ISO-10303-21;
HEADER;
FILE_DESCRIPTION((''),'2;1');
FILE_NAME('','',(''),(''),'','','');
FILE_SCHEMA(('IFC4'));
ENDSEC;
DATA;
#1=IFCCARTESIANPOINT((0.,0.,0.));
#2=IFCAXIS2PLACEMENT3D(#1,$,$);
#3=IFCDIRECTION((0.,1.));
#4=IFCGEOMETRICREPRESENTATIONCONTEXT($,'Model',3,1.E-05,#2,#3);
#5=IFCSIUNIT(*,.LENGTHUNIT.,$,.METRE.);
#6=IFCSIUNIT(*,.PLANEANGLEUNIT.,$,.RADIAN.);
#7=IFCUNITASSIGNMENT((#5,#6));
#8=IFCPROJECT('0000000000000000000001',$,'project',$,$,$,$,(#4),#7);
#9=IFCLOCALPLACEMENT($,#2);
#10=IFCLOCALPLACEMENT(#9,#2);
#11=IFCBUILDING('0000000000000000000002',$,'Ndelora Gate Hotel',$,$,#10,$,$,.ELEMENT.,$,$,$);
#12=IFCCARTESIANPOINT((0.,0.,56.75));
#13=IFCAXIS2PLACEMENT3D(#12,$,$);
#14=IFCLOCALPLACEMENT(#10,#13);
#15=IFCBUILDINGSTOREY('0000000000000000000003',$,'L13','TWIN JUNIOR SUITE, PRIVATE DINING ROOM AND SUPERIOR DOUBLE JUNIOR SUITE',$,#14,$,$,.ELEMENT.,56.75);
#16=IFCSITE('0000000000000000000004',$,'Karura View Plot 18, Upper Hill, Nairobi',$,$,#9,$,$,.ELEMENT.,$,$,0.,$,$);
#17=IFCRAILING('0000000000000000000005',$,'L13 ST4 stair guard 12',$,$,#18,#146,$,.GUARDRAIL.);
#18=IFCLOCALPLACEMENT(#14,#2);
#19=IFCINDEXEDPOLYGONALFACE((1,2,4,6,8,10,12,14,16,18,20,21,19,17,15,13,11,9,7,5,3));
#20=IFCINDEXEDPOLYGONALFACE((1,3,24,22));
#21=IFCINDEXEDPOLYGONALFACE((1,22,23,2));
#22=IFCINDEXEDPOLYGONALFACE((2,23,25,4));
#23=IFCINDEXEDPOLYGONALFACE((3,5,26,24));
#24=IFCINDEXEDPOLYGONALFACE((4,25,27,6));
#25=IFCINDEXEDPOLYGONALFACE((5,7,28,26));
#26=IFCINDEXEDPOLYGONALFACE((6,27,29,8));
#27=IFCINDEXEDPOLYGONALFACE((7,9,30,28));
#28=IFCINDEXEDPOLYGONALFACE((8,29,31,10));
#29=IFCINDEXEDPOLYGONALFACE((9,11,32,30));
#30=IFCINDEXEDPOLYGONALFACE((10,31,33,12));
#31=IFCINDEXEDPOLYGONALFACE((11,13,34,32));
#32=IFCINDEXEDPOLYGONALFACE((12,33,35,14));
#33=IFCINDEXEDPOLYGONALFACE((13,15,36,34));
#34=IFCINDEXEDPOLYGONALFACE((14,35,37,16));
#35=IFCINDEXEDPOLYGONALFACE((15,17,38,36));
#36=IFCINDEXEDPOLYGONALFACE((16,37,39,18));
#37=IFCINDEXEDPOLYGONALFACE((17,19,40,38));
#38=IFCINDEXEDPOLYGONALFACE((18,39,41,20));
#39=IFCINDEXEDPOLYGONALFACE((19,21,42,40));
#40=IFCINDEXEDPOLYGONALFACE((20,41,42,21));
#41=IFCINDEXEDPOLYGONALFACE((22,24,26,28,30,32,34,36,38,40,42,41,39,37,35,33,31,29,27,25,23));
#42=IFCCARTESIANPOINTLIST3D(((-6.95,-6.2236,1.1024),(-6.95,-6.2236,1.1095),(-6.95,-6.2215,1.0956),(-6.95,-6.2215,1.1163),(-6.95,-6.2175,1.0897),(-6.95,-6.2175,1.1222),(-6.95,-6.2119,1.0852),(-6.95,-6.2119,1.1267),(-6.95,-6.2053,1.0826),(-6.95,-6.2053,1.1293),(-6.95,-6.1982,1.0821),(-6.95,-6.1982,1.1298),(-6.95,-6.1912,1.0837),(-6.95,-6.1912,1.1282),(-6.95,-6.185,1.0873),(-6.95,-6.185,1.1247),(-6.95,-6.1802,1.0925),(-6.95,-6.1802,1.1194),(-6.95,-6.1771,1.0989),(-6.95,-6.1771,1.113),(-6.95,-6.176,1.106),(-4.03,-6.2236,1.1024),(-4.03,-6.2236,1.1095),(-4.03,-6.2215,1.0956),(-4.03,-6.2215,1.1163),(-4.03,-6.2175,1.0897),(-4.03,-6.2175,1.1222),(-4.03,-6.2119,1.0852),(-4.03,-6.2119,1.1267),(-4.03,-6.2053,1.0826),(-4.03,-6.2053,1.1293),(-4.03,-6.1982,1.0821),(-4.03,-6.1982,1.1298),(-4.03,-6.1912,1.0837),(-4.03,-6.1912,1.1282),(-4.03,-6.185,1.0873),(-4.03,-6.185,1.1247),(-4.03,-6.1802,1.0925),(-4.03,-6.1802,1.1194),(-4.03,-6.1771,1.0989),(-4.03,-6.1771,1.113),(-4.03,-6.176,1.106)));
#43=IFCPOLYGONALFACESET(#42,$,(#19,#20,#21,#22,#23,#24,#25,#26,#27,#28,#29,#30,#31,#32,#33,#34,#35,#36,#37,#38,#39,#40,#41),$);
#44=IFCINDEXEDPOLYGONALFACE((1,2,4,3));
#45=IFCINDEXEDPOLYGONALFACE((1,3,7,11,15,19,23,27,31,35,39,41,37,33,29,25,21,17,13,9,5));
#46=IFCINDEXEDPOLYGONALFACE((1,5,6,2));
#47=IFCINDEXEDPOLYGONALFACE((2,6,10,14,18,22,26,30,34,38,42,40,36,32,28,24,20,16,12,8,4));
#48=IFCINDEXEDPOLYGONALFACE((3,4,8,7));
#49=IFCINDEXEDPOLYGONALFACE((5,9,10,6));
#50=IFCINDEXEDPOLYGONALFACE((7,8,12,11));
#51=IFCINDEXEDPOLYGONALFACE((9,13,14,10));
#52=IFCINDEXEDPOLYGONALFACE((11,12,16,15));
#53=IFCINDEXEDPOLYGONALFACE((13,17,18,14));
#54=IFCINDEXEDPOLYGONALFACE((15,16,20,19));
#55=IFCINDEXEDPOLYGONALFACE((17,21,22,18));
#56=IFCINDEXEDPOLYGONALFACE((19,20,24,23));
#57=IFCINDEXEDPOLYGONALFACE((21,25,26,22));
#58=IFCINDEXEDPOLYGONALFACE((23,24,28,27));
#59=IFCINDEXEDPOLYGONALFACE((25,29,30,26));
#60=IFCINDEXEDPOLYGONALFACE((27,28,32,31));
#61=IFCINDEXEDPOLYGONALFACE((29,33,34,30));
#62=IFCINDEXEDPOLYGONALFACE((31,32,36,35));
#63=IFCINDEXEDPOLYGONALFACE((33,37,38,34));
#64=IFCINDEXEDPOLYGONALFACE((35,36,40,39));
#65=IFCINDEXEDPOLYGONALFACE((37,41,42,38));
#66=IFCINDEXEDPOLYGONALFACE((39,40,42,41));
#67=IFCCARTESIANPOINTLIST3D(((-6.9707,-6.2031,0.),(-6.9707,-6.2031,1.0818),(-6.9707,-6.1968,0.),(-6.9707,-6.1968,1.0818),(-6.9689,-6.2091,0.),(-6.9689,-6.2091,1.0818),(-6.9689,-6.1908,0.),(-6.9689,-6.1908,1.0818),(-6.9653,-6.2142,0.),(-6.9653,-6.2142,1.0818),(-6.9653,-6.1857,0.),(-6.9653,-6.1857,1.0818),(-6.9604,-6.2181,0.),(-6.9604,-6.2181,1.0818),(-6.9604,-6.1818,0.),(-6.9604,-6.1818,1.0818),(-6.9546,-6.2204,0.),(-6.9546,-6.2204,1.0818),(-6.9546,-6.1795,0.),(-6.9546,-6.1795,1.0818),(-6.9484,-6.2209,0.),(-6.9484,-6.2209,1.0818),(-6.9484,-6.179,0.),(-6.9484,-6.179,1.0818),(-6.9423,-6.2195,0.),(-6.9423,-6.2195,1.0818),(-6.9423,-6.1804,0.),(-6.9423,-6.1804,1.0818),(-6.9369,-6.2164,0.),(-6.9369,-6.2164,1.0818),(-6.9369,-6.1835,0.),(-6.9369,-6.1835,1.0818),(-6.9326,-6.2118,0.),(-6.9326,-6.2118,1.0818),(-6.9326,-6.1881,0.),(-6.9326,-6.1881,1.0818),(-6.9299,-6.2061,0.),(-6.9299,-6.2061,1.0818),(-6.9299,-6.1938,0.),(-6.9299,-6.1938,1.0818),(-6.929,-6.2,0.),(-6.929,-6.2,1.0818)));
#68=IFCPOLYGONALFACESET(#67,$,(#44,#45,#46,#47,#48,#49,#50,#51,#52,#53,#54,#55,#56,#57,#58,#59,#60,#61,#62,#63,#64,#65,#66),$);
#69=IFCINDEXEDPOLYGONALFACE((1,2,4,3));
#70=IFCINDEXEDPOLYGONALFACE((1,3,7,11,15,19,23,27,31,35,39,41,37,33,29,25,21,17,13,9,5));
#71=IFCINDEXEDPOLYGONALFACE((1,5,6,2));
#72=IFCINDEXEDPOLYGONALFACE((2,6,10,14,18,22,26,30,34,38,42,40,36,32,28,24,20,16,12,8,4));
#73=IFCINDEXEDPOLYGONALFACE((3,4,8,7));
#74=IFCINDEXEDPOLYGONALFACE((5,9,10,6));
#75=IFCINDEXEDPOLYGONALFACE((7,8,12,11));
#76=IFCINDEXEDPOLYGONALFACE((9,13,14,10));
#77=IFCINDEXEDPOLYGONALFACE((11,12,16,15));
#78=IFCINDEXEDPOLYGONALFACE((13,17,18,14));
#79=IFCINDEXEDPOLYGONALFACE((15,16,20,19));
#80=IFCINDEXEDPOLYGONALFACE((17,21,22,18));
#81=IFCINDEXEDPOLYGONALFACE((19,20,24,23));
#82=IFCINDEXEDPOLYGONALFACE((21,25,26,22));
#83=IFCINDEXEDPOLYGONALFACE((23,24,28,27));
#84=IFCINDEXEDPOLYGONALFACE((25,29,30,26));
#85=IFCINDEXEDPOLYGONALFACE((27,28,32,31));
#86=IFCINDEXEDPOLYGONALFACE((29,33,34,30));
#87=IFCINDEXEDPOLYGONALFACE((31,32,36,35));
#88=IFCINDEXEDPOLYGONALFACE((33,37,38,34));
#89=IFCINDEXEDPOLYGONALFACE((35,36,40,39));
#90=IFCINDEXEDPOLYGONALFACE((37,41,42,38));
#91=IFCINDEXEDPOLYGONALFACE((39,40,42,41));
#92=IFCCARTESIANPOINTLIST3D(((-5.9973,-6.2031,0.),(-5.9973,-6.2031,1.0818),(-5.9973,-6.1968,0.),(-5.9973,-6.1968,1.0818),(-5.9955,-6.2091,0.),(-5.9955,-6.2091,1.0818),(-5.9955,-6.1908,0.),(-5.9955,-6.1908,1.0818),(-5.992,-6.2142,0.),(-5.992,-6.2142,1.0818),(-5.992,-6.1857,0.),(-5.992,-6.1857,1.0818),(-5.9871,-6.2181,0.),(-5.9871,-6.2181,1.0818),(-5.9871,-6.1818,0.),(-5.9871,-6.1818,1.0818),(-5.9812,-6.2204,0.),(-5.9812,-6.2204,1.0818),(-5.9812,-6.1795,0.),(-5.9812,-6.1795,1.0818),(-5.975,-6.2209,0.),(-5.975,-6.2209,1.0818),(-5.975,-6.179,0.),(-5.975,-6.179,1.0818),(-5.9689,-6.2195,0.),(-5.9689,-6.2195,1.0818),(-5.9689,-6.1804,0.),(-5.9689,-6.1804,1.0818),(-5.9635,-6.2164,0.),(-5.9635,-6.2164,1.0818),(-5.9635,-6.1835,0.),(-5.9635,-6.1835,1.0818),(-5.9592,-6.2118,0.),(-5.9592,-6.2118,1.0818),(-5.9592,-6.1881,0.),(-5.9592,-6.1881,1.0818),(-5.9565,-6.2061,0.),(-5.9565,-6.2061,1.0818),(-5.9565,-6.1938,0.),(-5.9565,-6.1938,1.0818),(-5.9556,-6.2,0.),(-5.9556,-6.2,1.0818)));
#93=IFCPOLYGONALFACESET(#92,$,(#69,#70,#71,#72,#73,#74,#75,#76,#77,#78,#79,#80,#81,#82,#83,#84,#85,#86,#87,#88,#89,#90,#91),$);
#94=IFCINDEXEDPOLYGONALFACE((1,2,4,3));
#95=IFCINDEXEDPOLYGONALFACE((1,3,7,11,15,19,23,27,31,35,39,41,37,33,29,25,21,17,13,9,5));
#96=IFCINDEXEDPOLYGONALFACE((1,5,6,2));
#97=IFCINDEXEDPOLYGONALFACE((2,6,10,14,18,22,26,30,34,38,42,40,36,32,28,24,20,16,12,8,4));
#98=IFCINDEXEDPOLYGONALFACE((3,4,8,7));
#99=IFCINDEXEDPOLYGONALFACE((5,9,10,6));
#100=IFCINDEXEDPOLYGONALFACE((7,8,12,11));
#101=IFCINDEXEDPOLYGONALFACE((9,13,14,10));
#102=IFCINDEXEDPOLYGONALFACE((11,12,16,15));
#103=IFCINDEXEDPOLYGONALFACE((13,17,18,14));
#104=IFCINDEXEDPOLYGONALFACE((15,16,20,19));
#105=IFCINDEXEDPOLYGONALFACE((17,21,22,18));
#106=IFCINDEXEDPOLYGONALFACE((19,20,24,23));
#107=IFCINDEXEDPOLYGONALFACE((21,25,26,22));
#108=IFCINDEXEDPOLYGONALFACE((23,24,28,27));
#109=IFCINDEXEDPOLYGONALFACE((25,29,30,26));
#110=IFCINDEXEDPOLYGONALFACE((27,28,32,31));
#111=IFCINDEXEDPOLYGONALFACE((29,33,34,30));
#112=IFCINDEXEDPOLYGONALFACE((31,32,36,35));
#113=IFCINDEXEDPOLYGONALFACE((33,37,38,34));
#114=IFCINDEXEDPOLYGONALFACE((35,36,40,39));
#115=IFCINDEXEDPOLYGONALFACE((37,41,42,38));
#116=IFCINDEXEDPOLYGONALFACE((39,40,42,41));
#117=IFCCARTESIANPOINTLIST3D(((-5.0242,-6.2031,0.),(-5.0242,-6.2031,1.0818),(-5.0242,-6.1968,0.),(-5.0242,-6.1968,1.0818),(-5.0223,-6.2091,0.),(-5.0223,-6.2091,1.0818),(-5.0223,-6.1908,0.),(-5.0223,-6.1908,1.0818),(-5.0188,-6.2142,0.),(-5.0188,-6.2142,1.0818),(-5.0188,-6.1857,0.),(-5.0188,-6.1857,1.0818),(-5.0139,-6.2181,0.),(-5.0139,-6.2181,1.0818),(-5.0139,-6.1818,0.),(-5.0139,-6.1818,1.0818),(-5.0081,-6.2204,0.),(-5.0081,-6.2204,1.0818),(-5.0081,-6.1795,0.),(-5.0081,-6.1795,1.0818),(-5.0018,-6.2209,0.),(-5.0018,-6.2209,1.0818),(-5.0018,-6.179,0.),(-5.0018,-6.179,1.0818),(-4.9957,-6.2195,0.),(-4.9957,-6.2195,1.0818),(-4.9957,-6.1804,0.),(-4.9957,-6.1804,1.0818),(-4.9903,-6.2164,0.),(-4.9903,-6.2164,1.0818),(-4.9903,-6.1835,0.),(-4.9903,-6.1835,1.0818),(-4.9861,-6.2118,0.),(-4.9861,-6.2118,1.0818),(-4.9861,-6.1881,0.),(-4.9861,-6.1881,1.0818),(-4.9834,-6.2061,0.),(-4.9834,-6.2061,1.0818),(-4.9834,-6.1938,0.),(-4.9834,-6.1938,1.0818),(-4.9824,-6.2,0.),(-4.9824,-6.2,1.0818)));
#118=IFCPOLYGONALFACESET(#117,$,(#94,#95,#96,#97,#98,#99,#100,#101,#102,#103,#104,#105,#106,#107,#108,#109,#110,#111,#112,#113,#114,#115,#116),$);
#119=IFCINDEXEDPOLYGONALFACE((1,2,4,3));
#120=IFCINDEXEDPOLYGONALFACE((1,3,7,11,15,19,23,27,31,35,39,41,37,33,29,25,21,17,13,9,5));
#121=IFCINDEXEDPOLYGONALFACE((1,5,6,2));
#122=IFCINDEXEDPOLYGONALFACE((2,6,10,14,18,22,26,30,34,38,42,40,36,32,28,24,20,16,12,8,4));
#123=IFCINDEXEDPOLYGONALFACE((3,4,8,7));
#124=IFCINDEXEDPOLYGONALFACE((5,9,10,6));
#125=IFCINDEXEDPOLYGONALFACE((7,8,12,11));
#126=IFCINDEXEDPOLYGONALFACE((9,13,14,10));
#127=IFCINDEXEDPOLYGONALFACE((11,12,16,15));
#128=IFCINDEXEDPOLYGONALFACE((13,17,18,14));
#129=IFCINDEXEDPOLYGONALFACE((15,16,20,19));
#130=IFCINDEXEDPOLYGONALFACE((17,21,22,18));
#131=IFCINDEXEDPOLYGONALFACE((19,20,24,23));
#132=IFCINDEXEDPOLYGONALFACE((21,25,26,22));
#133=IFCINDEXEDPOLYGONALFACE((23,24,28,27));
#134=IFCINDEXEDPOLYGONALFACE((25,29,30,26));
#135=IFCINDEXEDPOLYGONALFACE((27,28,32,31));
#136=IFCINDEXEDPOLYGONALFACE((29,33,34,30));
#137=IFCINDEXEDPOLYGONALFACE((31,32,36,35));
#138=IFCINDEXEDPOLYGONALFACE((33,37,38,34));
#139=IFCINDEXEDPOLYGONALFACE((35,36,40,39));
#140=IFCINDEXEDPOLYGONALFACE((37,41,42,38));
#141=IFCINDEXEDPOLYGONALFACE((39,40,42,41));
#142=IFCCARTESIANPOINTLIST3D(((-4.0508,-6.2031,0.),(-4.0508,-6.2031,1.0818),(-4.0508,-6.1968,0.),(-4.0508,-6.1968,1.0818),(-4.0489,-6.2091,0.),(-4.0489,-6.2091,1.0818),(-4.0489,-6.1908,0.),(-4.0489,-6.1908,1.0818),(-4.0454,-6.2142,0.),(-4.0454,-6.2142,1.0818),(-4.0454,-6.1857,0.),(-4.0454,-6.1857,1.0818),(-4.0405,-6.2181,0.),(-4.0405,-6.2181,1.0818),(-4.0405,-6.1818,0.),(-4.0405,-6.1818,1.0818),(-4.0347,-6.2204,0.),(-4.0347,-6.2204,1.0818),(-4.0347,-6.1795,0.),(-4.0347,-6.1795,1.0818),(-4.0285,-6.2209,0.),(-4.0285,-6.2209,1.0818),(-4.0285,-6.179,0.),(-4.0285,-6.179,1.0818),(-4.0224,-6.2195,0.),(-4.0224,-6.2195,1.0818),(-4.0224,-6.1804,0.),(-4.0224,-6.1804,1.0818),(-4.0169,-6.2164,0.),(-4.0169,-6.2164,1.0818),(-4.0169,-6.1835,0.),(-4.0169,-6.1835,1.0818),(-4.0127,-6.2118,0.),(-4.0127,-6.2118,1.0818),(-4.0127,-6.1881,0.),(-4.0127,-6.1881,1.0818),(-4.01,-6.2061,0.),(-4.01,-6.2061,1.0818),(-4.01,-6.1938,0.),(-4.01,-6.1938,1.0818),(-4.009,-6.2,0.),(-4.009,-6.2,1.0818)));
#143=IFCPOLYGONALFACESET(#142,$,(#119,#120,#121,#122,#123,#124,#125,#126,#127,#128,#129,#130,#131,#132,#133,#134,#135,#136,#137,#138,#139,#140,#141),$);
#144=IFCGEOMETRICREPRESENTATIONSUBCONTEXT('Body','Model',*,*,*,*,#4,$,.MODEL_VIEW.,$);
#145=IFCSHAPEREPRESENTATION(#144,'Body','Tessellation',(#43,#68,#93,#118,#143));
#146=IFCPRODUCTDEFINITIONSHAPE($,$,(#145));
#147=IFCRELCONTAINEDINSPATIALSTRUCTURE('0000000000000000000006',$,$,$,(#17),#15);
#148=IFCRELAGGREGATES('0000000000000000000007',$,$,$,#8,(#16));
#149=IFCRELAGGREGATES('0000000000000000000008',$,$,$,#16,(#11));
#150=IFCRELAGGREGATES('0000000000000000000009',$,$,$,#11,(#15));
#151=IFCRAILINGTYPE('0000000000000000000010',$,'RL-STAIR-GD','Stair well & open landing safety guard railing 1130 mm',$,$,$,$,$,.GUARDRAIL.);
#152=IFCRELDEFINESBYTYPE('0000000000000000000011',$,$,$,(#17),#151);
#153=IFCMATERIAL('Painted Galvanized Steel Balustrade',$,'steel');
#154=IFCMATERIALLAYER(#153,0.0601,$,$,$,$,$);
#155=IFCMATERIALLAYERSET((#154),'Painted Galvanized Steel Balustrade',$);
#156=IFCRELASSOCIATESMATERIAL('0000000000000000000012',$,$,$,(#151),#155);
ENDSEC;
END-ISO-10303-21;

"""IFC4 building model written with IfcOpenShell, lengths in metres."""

from ifc_helpers import new_model, si_unit, direction, frame, origin, origin_2d, place, context, subcontext, project, spatial, circle, extrude, material, layer, layer_set, type_object, element, save


model = new_model("IFC4")

# Units and contexts
model_context = context("Model", 3, precision=1e-05, world=origin(), true_north=direction((0.0, 1.0)))
body_context = subcontext(model_context, "Body", "Model", "MODEL_VIEW")
ifc_project = project(units=[si_unit("LENGTHUNIT", "METRE"), si_unit("PLANEANGLEUNIT", "RADIAN")], contexts=[model_context])

# Site, building, storey
site_placement = place(None, origin())
site = spatial("IfcSite", under=ifc_project, at=site_placement, Name="Karura View Plot 18, Upper Hill, Nairobi", CompositionType="ELEMENT", RefElevation=0.0)
building_placement = place(site_placement, origin())
building = spatial("IfcBuilding", under=site, at=building_placement, Name="Ndelora Gate Hotel", CompositionType="ELEMENT")
storey_placement = place(building_placement, frame((0.0, 0.0, 56.75)))
storey = spatial("IfcBuildingStorey", under=building, at=storey_placement, Name="L13", Description="TWIN JUNIOR SUITE, PRIVATE DINING ROOM AND SUPERIOR DOUBLE JUNIOR SUITE", CompositionType="ELEMENT", Elevation=56.75)

# Railing
ifc_material_1 = material(Name="Painted Galvanized Steel Balustrade", Category="steel")
ifc_layer_1 = layer(ifc_material_1, 0.0601)
ifc_layer_set_1 = layer_set([ifc_layer_1], Name="Painted Galvanized Steel Balustrade")
railing_type_1 = type_object("IfcRailingType", Name="RL-STAIR-GD", Description="Stair well & open landing safety guard railing 1130 mm", PredefinedType="GUARDRAIL", material=ifc_layer_set_1)
railing_1_placement = place(storey_placement, frame((-6.95, -6.2, 0.0)))
element("IfcRailing", 1, at=railing_1_placement, inside=storey, type_object=railing_type_1, Name="L13 ST4 stair guard 12", PredefinedType="GUARDRAIL", context=body_context, shape_type="SweptSolid", body=[
    extrude(circle(Radius=0.0239, at=origin_2d()), frame((0.0, 0.0, 1.106), z_axis=(1.0, 0.0, 0.0), x_axis=(0.0, 1.0, 0.0)), (0.0, 0.0, 1.0), 2.9199),
    extrude(circle(Radius=0.021, at=origin_2d()), origin(), (0.0, 0.0, 1.0), 1.0818),
    extrude(circle(Radius=0.021, at=origin_2d()), frame((0.9734, 0.0, 0.0)), (0.0, 0.0, 1.0), 1.0818),
    extrude(circle(Radius=0.021, at=origin_2d()), frame((1.9465, 0.0, 0.0)), (0.0, 0.0, 1.0), 1.0818),
    extrude(circle(Radius=0.021, at=origin_2d()), frame((2.9199, 0.0, 0.0)), (0.0, 0.0, 1.0), 1.0818),
])

save(model, "model.ifc")
